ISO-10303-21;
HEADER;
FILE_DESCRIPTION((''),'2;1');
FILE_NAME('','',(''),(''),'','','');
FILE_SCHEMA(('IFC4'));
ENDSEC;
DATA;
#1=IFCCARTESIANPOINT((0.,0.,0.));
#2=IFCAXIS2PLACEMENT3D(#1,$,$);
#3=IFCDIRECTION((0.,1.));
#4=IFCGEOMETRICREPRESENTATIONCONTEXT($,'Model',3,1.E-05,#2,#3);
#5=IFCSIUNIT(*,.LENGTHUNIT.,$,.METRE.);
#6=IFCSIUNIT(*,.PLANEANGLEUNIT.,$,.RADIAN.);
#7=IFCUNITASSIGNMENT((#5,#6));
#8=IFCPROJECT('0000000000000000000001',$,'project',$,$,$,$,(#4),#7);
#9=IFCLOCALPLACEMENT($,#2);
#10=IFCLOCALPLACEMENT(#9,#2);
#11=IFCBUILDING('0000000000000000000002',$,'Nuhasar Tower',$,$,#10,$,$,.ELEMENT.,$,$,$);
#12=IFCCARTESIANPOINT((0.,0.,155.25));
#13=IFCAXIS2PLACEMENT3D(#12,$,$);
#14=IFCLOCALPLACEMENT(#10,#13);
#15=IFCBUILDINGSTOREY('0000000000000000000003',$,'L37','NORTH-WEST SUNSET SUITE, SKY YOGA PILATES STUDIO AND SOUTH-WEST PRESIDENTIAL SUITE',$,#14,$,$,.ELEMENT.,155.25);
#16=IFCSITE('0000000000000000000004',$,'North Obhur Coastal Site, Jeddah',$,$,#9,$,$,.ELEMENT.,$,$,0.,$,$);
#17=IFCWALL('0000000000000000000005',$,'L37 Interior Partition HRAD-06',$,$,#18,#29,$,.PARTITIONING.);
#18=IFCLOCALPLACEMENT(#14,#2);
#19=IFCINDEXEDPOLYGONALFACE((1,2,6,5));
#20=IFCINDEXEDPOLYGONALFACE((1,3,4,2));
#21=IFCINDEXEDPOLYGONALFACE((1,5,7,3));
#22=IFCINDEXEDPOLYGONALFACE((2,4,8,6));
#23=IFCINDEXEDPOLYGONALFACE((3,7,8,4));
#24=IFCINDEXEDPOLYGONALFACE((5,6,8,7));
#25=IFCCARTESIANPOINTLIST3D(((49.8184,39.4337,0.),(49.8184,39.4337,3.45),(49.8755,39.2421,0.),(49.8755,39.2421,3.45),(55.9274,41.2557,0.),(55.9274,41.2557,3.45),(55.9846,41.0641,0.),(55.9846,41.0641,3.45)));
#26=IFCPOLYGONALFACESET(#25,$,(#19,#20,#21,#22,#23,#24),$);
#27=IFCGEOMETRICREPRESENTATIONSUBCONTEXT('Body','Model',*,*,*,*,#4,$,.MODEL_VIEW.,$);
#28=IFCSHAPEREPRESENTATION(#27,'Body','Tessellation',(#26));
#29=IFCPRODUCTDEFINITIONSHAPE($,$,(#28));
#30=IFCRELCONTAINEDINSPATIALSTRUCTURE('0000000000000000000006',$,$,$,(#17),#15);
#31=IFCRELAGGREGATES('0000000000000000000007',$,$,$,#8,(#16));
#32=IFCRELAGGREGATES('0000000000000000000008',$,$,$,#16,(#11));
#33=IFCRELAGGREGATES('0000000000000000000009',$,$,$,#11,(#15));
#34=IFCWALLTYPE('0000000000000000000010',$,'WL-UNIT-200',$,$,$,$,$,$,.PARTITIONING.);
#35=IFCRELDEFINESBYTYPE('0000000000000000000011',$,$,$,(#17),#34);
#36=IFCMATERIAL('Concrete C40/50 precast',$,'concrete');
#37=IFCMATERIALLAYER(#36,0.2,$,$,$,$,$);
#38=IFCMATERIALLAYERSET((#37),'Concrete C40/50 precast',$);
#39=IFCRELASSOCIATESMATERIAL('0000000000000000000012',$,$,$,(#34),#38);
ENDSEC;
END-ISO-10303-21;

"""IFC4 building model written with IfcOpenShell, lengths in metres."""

from ifc_helpers import new_model, si_unit, direction, frame, frame_2d, origin, place, context, subcontext, project, spatial, rectangle, extrude, material, layer, layer_set, type_object, element, save


model = new_model("IFC4")

# Units and contexts
model_context = context("Model", 3, precision=1e-05, world=origin(), true_north=direction((0.0, 1.0)))
body_context = subcontext(model_context, "Body", "Model", "MODEL_VIEW")
ifc_project = project(units=[si_unit("LENGTHUNIT", "METRE"), si_unit("PLANEANGLEUNIT", "RADIAN")], contexts=[model_context])

# Site, building, storey
site_placement = place(None, origin())
site = spatial("IfcSite", under=ifc_project, at=site_placement, Name="North Obhur Coastal Site, Jeddah", CompositionType="ELEMENT", RefElevation=0.0)
building_placement = place(site_placement, origin())
building = spatial("IfcBuilding", under=site, at=building_placement, Name="Nuhasar Tower", CompositionType="ELEMENT")
storey_placement = place(building_placement, frame((0.0, 0.0, 155.25)))
storey = spatial("IfcBuildingStorey", under=building, at=storey_placement, Name="L37", Description="NORTH-WEST SUNSET SUITE, SKY YOGA PILATES STUDIO AND SOUTH-WEST PRESIDENTIAL SUITE", CompositionType="ELEMENT", Elevation=155.25)

# Wall
ifc_material_1 = material(Name="Concrete C40/50 precast", Category="concrete")
ifc_layer_1 = layer(ifc_material_1, 0.2)
ifc_layer_set_1 = layer_set([ifc_layer_1], Name="Concrete C40/50 precast")
wall_type = type_object("IfcWallType", Name="WL-UNIT-200", PredefinedType="PARTITIONING", material=ifc_layer_set_1)
wall_placement = place(storey_placement, frame((49.8469, 39.3379, 0.0), z_axis=(0.0, 0.0, 1.0), x_axis=(0.958288, 0.285805, 0.0)))
element("IfcWall", 1, at=wall_placement, inside=storey, type_object=wall_type, Name="L37 Interior Partition HRAD-06", PredefinedType="PARTITIONING", context=body_context, shape_type="SweptSolid", body=[
    extrude(rectangle(XDim=6.375, YDim=0.2, at=frame_2d((3.1875, 0.0))), origin(), (0.0, 0.0, 1.0), 3.45),
])

save(model, "model.ifc")
